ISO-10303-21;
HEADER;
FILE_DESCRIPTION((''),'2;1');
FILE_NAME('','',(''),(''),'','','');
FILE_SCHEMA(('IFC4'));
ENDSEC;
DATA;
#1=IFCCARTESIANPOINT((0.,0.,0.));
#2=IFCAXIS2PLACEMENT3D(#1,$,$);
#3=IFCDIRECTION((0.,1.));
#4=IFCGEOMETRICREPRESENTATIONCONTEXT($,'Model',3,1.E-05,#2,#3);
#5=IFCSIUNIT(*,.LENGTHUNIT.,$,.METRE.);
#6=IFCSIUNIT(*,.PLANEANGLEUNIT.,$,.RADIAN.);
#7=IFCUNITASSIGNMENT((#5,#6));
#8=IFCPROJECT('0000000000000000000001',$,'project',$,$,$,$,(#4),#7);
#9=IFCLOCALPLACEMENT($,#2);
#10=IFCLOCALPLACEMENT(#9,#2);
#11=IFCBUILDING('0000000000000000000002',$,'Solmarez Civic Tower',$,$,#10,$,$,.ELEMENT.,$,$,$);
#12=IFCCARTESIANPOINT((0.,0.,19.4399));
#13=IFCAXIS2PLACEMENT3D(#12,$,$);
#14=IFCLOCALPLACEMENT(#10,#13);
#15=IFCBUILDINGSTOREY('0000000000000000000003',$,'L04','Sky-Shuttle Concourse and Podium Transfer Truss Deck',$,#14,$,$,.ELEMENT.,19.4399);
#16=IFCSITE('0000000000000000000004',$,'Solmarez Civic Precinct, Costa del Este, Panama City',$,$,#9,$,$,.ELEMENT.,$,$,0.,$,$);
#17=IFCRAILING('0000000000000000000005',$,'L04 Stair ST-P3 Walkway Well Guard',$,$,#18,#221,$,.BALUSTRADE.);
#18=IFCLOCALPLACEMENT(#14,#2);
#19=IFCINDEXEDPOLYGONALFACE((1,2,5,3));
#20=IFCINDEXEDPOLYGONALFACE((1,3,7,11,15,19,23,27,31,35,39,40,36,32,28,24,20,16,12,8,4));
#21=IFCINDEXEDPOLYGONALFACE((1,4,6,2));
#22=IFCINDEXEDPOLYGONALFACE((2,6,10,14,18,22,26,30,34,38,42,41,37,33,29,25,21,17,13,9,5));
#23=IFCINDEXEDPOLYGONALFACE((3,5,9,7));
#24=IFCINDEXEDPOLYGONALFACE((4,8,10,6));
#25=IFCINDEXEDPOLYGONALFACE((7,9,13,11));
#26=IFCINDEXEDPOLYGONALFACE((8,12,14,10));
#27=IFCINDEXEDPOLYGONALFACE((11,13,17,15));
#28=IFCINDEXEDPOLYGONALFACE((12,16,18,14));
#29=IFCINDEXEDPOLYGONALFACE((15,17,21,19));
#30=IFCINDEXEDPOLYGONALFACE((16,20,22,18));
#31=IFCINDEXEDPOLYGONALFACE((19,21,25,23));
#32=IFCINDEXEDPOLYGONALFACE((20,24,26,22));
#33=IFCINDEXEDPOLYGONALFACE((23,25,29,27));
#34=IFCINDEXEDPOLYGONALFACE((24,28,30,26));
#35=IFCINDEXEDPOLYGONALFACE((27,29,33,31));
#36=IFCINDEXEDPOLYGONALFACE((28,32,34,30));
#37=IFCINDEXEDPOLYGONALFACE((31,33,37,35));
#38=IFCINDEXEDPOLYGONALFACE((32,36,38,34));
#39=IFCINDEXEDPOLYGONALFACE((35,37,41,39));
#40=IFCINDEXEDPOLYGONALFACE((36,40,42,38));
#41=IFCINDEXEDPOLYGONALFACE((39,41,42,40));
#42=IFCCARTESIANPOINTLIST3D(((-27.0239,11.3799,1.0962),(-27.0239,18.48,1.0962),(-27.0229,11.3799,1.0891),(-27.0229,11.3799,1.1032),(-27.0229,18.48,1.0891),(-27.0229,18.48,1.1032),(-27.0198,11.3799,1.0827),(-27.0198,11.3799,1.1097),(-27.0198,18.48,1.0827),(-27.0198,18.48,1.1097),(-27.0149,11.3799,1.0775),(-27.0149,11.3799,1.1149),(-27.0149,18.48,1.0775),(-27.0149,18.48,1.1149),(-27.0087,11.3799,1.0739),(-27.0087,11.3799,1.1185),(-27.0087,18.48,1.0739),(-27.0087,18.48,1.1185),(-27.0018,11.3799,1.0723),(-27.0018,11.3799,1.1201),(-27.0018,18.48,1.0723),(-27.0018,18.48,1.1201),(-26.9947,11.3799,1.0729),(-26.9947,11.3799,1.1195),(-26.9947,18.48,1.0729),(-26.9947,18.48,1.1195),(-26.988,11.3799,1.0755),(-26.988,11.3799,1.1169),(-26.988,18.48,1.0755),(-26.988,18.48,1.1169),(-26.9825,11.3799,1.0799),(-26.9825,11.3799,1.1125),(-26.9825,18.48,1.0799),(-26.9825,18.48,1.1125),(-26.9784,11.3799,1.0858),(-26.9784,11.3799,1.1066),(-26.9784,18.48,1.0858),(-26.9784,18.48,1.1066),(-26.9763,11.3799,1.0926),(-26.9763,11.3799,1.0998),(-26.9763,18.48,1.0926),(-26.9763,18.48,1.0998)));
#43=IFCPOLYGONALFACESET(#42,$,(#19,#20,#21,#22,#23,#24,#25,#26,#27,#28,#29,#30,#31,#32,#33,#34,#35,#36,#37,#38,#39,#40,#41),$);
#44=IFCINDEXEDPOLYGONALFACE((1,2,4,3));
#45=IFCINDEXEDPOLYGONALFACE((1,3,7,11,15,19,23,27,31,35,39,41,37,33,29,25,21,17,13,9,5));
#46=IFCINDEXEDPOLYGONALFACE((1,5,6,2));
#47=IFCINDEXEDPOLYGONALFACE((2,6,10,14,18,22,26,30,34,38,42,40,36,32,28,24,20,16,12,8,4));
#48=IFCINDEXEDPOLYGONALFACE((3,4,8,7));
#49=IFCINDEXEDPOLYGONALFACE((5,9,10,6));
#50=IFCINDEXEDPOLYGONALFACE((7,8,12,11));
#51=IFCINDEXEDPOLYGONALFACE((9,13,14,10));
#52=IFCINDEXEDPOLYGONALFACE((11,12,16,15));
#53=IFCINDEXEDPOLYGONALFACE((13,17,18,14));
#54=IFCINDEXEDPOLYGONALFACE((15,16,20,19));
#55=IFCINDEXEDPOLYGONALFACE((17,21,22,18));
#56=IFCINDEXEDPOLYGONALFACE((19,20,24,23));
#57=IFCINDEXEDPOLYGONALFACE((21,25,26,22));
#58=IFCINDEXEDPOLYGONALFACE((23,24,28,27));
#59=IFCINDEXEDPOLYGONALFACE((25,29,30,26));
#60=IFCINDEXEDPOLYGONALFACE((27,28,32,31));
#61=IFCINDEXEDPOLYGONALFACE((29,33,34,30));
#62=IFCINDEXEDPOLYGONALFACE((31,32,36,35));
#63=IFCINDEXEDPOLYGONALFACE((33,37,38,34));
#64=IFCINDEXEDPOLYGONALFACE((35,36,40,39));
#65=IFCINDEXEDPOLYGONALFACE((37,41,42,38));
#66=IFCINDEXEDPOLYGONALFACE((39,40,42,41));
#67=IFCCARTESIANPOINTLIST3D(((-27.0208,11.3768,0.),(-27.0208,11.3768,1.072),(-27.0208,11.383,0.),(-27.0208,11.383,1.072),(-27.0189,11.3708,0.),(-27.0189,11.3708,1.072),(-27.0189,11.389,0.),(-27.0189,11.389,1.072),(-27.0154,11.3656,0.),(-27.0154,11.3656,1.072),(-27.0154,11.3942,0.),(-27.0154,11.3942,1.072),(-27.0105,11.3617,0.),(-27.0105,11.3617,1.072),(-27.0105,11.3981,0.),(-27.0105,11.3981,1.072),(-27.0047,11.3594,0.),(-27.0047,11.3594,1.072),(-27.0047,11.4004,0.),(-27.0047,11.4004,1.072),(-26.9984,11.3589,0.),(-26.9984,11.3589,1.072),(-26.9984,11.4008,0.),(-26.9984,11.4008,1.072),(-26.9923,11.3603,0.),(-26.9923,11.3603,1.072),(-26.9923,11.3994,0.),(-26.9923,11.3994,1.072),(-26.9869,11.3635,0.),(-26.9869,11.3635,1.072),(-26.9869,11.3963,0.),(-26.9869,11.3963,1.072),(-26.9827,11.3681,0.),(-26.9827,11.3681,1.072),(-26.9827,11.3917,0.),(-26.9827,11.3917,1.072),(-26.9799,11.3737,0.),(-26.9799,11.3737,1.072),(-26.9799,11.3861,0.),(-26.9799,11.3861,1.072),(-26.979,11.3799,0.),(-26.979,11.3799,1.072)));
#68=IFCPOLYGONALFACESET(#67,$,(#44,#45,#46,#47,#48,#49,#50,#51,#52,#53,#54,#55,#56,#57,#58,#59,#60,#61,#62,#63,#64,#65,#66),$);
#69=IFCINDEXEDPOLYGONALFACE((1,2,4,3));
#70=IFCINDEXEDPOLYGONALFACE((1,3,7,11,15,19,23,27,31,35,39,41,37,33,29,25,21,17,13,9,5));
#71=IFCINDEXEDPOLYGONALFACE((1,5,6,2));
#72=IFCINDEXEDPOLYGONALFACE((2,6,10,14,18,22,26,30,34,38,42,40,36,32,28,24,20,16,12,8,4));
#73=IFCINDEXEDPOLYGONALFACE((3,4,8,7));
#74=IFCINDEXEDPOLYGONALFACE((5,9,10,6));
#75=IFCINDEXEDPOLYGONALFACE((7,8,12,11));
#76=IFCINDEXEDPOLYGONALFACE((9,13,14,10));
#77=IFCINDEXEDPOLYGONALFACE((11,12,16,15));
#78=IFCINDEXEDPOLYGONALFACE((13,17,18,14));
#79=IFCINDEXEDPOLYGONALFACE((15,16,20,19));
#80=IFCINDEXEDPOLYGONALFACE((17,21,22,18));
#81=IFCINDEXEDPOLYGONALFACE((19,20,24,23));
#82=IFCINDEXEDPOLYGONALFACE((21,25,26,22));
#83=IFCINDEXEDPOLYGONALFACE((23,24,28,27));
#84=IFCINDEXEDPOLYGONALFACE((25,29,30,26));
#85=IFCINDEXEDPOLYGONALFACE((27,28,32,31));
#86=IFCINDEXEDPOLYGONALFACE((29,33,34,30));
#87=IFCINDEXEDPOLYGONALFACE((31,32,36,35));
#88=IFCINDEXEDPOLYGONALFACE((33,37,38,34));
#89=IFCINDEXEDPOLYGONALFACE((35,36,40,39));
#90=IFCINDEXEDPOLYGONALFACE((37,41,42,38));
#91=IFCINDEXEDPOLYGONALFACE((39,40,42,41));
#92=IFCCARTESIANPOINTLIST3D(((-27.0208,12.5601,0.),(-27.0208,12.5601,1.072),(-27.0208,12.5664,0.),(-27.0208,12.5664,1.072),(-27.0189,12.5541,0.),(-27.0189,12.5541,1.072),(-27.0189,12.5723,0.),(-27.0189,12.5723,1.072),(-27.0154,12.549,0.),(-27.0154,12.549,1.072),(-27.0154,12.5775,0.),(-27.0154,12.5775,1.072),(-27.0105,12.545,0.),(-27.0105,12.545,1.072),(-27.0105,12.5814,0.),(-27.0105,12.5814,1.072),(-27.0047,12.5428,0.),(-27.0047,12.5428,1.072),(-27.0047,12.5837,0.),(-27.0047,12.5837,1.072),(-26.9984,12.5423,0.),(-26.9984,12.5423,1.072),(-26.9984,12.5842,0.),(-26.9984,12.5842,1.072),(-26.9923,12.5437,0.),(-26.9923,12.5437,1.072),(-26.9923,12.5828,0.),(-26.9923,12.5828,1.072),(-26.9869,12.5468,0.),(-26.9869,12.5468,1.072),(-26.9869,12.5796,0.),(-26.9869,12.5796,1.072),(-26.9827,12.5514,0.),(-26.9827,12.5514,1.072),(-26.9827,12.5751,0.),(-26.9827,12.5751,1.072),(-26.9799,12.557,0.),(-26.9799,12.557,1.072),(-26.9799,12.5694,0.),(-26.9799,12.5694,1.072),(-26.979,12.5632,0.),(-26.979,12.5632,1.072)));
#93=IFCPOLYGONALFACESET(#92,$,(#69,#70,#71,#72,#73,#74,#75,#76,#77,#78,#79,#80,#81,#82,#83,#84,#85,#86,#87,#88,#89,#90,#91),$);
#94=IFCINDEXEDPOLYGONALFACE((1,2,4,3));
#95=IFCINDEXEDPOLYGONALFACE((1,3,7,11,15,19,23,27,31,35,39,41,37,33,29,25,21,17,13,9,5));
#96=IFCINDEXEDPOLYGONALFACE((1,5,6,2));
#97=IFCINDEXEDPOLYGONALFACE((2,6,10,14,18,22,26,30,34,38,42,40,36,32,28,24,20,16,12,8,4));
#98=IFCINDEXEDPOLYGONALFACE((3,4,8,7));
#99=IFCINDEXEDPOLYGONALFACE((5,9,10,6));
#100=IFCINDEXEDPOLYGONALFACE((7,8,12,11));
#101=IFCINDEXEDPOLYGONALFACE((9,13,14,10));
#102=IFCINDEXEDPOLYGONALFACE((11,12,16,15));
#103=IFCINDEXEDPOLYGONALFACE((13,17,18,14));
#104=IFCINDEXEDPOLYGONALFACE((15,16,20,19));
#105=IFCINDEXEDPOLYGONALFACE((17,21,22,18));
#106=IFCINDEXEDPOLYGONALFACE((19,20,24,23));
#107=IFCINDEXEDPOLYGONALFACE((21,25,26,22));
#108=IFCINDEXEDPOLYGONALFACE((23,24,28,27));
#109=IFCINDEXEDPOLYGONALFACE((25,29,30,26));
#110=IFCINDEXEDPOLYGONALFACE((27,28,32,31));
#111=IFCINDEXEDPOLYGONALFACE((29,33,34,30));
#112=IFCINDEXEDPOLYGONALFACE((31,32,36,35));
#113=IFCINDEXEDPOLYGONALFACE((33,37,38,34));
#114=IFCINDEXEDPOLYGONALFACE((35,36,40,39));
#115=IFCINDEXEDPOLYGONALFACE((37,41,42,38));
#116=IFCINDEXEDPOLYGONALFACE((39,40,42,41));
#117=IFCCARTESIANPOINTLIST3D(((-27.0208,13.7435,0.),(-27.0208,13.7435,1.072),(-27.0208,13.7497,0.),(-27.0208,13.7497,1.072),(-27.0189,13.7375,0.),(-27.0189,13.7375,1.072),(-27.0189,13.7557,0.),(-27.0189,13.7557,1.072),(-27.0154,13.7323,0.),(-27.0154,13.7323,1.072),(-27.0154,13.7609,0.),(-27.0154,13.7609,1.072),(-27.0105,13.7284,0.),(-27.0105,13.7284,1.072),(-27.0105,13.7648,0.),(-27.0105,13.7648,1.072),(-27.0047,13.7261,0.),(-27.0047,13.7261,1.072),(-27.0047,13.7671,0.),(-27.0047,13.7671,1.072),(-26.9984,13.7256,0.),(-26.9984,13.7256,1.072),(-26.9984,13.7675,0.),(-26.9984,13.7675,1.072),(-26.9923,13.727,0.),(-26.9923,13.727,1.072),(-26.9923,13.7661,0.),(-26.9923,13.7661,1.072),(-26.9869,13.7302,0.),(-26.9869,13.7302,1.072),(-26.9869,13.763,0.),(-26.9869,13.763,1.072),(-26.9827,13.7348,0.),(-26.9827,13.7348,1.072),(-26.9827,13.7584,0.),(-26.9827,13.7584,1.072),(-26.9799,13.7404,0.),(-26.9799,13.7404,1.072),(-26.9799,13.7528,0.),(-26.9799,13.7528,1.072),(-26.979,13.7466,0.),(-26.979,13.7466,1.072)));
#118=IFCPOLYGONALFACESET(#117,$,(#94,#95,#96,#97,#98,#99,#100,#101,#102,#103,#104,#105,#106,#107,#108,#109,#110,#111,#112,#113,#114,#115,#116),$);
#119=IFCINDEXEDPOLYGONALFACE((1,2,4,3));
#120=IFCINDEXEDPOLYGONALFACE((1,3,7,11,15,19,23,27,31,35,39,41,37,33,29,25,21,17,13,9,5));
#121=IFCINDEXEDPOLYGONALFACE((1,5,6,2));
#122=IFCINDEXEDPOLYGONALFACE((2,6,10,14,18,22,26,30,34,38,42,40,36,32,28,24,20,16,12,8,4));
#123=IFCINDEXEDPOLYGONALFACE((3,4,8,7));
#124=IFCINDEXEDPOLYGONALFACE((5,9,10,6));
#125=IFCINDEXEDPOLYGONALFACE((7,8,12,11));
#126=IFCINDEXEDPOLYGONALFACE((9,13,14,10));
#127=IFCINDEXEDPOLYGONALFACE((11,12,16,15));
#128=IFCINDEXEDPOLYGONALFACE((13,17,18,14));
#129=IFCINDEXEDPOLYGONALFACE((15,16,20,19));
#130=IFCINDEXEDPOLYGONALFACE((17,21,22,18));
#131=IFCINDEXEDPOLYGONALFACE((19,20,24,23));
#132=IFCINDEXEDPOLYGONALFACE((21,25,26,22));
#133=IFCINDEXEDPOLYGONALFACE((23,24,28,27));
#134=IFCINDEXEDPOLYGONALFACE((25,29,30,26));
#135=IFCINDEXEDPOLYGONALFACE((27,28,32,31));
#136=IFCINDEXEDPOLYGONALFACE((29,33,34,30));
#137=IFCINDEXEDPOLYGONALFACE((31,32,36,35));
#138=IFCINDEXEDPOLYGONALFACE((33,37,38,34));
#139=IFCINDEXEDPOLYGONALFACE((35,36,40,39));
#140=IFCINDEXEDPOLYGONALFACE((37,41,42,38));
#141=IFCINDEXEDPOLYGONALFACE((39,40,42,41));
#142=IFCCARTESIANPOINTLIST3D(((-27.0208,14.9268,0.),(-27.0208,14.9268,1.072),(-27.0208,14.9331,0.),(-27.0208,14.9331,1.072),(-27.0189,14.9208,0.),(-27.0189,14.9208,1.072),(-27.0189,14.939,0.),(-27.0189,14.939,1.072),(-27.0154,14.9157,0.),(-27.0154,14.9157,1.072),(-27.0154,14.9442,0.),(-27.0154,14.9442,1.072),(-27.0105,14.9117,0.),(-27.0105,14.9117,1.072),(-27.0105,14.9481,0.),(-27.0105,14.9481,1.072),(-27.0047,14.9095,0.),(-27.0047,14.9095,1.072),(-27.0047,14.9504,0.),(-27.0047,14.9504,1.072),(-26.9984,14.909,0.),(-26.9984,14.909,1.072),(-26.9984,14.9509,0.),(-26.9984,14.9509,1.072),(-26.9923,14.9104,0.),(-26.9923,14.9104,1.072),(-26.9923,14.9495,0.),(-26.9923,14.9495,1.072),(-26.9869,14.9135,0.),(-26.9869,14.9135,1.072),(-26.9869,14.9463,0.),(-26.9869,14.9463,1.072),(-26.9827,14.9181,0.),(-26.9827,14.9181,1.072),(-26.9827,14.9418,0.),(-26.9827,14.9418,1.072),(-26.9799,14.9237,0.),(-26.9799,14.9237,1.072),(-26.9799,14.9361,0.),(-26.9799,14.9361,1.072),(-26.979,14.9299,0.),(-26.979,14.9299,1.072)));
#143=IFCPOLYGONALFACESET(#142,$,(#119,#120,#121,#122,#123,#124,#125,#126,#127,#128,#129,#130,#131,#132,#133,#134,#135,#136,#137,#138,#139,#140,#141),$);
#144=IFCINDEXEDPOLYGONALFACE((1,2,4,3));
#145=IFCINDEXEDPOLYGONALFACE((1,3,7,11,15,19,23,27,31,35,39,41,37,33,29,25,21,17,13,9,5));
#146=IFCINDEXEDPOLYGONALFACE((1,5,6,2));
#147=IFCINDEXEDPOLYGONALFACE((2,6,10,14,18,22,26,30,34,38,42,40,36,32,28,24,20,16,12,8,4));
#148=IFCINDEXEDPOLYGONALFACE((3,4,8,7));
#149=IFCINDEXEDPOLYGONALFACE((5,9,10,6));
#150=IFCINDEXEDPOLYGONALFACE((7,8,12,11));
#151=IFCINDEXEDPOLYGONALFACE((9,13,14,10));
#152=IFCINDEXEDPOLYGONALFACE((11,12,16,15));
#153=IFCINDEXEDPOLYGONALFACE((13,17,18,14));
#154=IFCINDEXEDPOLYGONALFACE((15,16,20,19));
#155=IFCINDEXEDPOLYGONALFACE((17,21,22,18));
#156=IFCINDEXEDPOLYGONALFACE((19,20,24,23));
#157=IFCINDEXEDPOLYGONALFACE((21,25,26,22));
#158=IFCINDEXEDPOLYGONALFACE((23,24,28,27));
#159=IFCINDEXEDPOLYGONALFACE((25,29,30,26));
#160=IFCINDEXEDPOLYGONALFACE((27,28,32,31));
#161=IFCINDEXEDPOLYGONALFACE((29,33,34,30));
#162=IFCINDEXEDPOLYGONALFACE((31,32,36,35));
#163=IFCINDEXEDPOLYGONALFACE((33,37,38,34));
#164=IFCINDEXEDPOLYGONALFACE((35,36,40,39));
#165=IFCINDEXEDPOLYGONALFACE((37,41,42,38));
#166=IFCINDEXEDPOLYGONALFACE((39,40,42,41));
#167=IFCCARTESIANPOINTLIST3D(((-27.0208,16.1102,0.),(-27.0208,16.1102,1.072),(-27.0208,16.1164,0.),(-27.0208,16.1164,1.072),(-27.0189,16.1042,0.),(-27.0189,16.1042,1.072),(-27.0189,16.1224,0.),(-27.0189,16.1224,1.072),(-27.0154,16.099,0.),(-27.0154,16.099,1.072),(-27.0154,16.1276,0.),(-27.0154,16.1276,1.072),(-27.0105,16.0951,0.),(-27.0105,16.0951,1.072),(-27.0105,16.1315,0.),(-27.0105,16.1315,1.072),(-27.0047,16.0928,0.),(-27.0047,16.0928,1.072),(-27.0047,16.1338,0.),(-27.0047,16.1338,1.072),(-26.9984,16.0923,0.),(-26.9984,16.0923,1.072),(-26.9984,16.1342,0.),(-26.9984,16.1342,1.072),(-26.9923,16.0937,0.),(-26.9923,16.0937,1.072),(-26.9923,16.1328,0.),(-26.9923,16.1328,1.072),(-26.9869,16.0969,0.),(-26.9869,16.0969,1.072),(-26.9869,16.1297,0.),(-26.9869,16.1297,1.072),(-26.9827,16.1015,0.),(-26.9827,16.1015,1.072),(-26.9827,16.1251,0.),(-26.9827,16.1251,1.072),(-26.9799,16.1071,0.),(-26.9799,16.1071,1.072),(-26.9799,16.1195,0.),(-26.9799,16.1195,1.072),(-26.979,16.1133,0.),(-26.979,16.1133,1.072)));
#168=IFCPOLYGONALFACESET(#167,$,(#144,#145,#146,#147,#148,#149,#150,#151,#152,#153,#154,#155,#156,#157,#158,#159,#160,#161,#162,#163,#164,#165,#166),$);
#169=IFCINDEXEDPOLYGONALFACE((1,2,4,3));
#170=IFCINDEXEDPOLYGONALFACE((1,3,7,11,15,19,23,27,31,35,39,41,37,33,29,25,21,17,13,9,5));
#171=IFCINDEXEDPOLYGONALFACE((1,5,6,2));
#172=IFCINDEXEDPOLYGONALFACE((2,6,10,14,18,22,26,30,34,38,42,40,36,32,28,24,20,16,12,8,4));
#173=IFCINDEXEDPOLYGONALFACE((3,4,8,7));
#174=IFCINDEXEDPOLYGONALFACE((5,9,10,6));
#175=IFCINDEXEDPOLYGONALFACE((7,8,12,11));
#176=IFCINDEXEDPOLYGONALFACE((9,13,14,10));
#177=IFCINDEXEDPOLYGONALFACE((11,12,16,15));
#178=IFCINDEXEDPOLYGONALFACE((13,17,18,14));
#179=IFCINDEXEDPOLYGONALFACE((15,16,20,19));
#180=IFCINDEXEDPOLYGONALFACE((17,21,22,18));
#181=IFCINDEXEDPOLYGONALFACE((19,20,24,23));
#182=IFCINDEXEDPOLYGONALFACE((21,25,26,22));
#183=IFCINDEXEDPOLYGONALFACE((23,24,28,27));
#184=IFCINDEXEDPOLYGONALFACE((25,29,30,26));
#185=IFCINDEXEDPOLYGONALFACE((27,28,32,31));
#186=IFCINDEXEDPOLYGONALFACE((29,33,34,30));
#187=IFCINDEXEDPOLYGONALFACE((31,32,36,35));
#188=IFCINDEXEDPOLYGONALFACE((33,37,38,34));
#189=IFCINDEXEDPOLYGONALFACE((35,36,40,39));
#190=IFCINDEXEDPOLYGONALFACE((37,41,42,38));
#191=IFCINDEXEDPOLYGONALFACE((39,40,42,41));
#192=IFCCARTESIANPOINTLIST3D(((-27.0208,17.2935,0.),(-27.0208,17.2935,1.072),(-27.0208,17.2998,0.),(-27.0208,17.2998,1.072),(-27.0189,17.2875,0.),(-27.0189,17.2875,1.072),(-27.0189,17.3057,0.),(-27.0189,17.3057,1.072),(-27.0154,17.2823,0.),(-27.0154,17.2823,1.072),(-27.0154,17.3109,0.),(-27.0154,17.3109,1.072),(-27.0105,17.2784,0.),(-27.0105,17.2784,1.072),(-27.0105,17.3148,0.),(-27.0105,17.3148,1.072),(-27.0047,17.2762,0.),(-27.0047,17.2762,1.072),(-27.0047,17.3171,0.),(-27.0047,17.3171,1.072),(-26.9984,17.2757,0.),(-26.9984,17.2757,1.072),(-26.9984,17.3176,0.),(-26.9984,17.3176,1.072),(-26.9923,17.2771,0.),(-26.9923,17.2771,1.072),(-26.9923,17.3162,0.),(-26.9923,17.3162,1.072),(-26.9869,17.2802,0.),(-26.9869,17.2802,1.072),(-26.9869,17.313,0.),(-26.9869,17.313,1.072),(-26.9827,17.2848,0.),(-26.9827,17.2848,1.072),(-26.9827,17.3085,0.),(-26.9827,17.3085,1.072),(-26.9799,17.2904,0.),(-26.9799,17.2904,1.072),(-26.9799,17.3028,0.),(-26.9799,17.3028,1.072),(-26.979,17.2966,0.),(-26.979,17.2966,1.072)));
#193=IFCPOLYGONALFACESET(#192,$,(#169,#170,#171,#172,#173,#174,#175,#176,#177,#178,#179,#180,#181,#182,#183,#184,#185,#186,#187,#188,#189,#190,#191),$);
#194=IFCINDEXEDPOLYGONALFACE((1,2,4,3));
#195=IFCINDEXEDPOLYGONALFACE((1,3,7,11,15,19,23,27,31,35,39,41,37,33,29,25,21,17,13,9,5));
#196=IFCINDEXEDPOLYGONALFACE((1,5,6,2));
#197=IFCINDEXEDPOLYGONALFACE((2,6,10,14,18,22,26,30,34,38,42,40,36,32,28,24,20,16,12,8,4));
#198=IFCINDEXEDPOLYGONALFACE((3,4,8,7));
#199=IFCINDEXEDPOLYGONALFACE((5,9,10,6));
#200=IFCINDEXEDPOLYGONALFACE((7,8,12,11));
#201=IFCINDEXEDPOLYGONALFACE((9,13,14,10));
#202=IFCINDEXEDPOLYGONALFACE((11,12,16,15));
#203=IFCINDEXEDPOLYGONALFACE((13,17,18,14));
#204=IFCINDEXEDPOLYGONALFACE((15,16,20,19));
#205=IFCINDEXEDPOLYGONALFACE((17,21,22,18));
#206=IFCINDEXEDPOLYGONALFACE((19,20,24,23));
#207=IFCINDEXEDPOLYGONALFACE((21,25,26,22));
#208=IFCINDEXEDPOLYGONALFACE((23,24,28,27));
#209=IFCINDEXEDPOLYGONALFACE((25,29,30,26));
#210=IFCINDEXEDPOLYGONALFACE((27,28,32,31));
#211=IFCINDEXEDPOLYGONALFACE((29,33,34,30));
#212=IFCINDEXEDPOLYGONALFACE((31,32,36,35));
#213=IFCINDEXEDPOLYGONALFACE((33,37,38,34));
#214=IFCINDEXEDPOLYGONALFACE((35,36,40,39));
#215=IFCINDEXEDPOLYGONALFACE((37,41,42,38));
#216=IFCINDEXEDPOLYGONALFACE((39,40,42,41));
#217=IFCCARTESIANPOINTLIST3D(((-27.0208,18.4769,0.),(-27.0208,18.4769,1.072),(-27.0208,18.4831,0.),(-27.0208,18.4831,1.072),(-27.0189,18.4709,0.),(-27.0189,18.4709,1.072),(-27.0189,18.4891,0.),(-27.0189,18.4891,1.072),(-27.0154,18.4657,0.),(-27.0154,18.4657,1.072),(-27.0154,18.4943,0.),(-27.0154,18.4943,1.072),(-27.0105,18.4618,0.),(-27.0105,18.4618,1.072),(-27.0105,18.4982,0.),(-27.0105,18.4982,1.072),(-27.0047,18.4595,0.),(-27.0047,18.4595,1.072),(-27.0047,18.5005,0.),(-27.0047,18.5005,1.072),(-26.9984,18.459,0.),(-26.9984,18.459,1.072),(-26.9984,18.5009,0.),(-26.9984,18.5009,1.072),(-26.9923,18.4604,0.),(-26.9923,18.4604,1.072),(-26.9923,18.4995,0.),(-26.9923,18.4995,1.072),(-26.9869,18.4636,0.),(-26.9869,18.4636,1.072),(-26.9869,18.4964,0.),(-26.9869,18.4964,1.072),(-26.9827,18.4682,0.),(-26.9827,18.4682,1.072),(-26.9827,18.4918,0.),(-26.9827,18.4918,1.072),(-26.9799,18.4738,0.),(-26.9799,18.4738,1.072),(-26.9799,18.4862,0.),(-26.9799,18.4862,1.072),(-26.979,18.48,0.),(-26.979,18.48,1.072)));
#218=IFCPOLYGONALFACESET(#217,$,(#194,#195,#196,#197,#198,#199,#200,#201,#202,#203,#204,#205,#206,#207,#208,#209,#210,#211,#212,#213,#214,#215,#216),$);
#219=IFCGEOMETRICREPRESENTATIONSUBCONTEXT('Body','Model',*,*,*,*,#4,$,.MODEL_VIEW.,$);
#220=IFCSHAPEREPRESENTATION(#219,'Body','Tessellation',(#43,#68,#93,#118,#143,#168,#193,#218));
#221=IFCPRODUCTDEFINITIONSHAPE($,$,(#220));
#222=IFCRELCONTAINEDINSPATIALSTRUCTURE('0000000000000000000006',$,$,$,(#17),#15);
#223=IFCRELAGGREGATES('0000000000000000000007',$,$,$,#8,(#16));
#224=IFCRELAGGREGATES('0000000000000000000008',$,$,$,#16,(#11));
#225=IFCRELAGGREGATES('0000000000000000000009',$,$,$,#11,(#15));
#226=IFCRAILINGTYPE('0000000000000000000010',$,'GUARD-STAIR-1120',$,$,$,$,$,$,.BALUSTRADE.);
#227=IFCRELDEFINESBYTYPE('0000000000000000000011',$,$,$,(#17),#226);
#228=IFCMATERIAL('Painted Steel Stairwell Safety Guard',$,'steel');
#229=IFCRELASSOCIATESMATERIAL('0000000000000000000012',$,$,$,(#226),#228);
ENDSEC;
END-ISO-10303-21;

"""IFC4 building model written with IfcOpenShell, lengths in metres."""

from ifc_helpers import new_model, si_unit, direction, frame, origin, origin_2d, place, context, subcontext, project, spatial, circle, extrude, material, type_object, element, save


model = new_model("IFC4")

# Units and contexts
model_context = context("Model", 3, precision=1e-05, world=origin(), true_north=direction((0.0, 1.0)))
body_context = subcontext(model_context, "Body", "Model", "MODEL_VIEW")
ifc_project = project(units=[si_unit("LENGTHUNIT", "METRE"), si_unit("PLANEANGLEUNIT", "RADIAN")], contexts=[model_context])

# Site, building, storey
site_placement = place(None, origin())
site = spatial("IfcSite", under=ifc_project, at=site_placement, Name="Solmarez Civic Precinct, Costa del Este, Panama City", CompositionType="ELEMENT", RefElevation=0.0)
building_placement = place(site_placement, origin())
building = spatial("IfcBuilding", under=site, at=building_placement, Name="Solmarez Civic Tower", CompositionType="ELEMENT")
storey_placement = place(building_placement, frame((0.0, 0.0, 19.4399)))
storey = spatial("IfcBuildingStorey", under=building, at=storey_placement, Name="L04", Description="Sky-Shuttle Concourse and Podium Transfer Truss Deck", CompositionType="ELEMENT", Elevation=19.4399)

# Railing
ifc_material_1 = material(Name="Painted Steel Stairwell Safety Guard", Category="steel")
railing_type = type_object("IfcRailingType", Name="GUARD-STAIR-1120", PredefinedType="BALUSTRADE", material=ifc_material_1)
railing_1_placement = place(storey_placement, frame((-27.0, 11.3799, 0.0)))
element("IfcRailing", 1, at=railing_1_placement, inside=storey, type_object=railing_type, Name="L04 Stair ST-P3 Walkway Well Guard", PredefinedType="BALUSTRADE", context=body_context, shape_type="SweptSolid", body=[
    extrude(circle(Radius=0.0239, at=origin_2d()), frame((0.0, 0.0, 1.0962), z_axis=(0.0, 1.0, 0.0), x_axis=(-1.0, 0.0, 0.0)), (0.0, 0.0, 1.0), 7.1001),
    extrude(circle(Radius=0.021, at=origin_2d()), origin(), (0.0, 0.0, 1.0), 1.072),
    extrude(circle(Radius=0.021, at=origin_2d()), frame((0.0, 1.1833, 0.0)), (0.0, 0.0, 1.0), 1.072),
    extrude(circle(Radius=0.021, at=origin_2d()), frame((0.0, 2.3667, 0.0)), (0.0, 0.0, 1.0), 1.072),
    extrude(circle(Radius=0.021, at=origin_2d()), frame((0.0, 3.55, 0.0)), (0.0, 0.0, 1.0), 1.072),
    extrude(circle(Radius=0.021, at=origin_2d()), frame((0.0, 4.7334, 0.0)), (0.0, 0.0, 1.0), 1.072),
    extrude(circle(Radius=0.021, at=origin_2d()), frame((0.0, 5.9167, 0.0)), (0.0, 0.0, 1.0), 1.072),
    extrude(circle(Radius=0.021, at=origin_2d()), frame((0.0, 7.1001, 0.0)), (0.0, 0.0, 1.0), 1.072),
])

save(model, "model.ifc")
